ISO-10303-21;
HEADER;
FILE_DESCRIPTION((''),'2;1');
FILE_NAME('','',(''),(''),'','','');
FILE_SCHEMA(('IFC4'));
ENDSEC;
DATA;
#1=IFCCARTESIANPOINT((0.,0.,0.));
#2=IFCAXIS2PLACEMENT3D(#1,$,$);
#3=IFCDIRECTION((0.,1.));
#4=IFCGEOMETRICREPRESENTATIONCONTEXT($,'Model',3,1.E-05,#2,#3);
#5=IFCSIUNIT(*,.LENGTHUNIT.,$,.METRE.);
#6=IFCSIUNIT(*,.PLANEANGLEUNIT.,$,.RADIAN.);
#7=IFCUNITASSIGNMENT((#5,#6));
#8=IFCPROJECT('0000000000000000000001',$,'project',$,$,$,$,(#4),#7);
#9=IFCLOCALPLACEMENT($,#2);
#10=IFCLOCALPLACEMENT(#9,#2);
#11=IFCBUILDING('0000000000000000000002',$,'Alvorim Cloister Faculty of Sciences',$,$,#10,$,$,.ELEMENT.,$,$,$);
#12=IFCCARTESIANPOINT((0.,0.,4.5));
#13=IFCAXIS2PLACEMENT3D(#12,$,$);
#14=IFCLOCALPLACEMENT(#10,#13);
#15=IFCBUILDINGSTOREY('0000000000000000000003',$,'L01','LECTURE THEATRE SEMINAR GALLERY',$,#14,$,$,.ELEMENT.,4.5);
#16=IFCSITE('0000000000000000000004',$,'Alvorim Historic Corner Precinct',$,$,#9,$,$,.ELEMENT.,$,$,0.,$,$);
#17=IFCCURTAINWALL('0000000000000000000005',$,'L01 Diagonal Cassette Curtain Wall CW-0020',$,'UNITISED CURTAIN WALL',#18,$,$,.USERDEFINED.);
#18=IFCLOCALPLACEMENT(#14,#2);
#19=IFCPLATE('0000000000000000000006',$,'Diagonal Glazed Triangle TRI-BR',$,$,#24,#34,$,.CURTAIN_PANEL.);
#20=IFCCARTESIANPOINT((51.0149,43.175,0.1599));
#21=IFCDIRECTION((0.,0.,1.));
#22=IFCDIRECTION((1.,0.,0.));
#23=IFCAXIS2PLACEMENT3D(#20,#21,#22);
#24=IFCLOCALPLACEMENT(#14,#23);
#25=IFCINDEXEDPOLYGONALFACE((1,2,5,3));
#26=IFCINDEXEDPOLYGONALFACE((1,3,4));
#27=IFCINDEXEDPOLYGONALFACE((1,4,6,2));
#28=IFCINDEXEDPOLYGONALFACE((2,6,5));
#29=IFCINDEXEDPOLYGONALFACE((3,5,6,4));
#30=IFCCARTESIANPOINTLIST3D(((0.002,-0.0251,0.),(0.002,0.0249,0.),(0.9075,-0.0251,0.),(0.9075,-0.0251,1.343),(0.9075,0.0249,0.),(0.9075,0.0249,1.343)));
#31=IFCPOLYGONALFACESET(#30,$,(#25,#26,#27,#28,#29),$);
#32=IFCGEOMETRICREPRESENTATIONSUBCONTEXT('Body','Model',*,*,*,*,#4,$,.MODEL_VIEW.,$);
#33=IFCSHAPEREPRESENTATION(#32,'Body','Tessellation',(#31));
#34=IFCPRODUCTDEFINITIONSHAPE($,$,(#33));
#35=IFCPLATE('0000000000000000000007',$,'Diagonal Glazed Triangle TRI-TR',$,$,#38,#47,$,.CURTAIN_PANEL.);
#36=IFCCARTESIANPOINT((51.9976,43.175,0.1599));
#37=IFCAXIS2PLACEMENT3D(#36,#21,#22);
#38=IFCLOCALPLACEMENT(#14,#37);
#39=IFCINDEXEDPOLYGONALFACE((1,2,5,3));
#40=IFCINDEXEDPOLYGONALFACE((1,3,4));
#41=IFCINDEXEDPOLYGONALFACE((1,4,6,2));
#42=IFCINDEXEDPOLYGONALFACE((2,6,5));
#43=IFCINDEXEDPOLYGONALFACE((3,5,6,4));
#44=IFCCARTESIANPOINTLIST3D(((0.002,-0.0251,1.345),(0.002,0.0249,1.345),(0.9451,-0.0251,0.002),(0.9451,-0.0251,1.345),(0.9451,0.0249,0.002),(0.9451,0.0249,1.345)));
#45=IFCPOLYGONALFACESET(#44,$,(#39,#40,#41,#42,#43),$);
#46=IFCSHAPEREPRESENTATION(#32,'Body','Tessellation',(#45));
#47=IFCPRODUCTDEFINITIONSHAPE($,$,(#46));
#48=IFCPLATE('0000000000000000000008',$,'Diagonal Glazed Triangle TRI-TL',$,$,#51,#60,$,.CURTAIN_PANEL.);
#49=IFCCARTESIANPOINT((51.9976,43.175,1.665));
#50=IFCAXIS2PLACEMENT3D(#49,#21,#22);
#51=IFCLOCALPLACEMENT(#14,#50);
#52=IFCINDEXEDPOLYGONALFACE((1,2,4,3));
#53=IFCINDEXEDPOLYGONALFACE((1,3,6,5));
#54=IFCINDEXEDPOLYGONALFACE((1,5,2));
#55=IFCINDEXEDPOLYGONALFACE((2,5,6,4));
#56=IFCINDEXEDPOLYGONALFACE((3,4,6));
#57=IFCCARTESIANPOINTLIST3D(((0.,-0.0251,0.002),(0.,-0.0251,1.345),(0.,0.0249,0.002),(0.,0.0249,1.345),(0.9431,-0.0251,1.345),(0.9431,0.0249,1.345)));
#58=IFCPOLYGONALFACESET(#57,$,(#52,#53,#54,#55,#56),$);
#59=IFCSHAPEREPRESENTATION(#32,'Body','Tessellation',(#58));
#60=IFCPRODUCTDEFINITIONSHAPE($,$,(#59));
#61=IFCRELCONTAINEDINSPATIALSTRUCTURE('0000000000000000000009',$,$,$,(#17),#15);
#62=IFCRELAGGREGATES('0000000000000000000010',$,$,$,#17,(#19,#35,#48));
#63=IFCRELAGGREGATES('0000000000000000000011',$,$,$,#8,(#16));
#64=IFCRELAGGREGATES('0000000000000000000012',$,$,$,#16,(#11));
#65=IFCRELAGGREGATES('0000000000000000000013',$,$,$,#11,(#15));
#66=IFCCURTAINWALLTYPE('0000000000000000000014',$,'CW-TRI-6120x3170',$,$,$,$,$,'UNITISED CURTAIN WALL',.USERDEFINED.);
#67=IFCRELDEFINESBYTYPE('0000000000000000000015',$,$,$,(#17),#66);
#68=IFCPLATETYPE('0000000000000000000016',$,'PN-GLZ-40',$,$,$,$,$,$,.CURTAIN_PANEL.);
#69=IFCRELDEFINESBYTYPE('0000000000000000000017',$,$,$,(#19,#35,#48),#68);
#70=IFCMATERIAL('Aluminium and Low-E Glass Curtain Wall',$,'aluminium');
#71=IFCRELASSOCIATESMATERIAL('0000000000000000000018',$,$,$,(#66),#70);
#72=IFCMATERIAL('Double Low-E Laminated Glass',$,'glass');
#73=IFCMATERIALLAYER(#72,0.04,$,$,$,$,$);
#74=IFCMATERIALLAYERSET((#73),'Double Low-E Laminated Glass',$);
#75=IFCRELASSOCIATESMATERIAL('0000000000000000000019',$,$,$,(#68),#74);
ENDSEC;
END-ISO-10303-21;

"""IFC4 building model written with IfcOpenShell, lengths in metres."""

from ifc_helpers import new_model, si_unit, direction, frame, origin, place, context, subcontext, project, spatial, polyline, outline, extrude, material, layer, layer_set, type_object, element, aggregate, save


model = new_model("IFC4")

# Units and contexts
model_context = context("Model", 3, precision=1e-05, world=origin(), true_north=direction((0.0, 1.0)))
body_context = subcontext(model_context, "Body", "Model", "MODEL_VIEW")
ifc_project = project(units=[si_unit("LENGTHUNIT", "METRE"), si_unit("PLANEANGLEUNIT", "RADIAN")], contexts=[model_context])

# Site, building, storey
site_placement = place(None, origin())
site = spatial("IfcSite", under=ifc_project, at=site_placement, Name="Alvorim Historic Corner Precinct", CompositionType="ELEMENT", RefElevation=0.0)
building_placement = place(site_placement, origin())
building = spatial("IfcBuilding", under=site, at=building_placement, Name="Alvorim Cloister Faculty of Sciences", CompositionType="ELEMENT")
storey_placement = place(building_placement, frame((0.0, 0.0, 4.5)))
storey = spatial("IfcBuildingStorey", under=building, at=storey_placement, Name="L01", Description="LECTURE THEATRE SEMINAR GALLERY", CompositionType="ELEMENT", Elevation=4.5)

# Curtain wall, plates
ifc_material_1 = material(Name="Aluminium and Low-E Glass Curtain Wall", Category="aluminium")
curtain_wall_type = type_object("IfcCurtainWallType", Name="CW-TRI-6120x3170", ElementType="UNITISED CURTAIN WALL", PredefinedType="USERDEFINED", material=ifc_material_1)
curtain_wall_placement = place(storey_placement, origin())
curtain_wall = element("IfcCurtainWall", 1, at=curtain_wall_placement, inside=storey, type_object=curtain_wall_type, Name="L01 Diagonal Cassette Curtain Wall CW-0020", ObjectType="UNITISED CURTAIN WALL", PredefinedType="USERDEFINED")
ifc_material_2 = material(Name="Double Low-E Laminated Glass", Category="glass")
ifc_layer_1 = layer(ifc_material_2, 0.04)
ifc_layer_set_1 = layer_set([ifc_layer_1], Name="Double Low-E Laminated Glass")
plate_type = type_object("IfcPlateType", Name="PN-GLZ-40", PredefinedType="CURTAIN_PANEL", material=ifc_layer_set_1)
plate_1_placement = place(storey_placement, frame((51.0149, 43.175, 0.1599), z_axis=(0.0, 0.0, 1.0), x_axis=(1.0, 0.0, 0.0)))
plate_1 = element("IfcPlate", 2, at=plate_1_placement, type_object=plate_type, Name="Diagonal Glazed Triangle TRI-BR", PredefinedType="CURTAIN_PANEL", context=body_context, shape_type="SweptSolid", body=[
    extrude(outline(polyline([(0.002, 0.0), (0.9075, 0.0), (0.9075, 1.343), (0.002, 0.0)])), frame((0.0, 0.0249, 0.0), z_axis=(0.0, -1.0, 0.0), x_axis=(1.0, 0.0, 0.0)), (0.0, 0.0, 1.0), 0.05),
])
plate_2_placement = place(storey_placement, frame((51.9976, 43.175, 0.1599), z_axis=(0.0, 0.0, 1.0), x_axis=(1.0, 0.0, 0.0)))
plate_2 = element("IfcPlate", 3, at=plate_2_placement, type_object=plate_type, Name="Diagonal Glazed Triangle TRI-TR", PredefinedType="CURTAIN_PANEL", context=body_context, shape_type="SweptSolid", body=[
    extrude(outline(polyline([(0.9451, 0.002), (0.9451, 1.345), (0.002, 1.345), (0.9451, 0.002)])), frame((0.0, 0.0249, 0.0), z_axis=(0.0, -1.0, 0.0), x_axis=(1.0, 0.0, 0.0)), (0.0, 0.0, 1.0), 0.05),
])
plate_3_placement = place(storey_placement, frame((51.9976, 43.175, 1.665), z_axis=(0.0, 0.0, 1.0), x_axis=(1.0, 0.0, 0.0)))
plate_3 = element("IfcPlate", 4, at=plate_3_placement, type_object=plate_type, Name="Diagonal Glazed Triangle TRI-TL", PredefinedType="CURTAIN_PANEL", context=body_context, shape_type="SweptSolid", body=[
    extrude(outline(polyline([(0.9431, 1.345), (0.0, 1.345), (0.0, 0.002), (0.9431, 1.345)])), frame((0.0, 0.0249, 0.0), z_axis=(0.0, -1.0, 0.0), x_axis=(1.0, 0.0, 0.0)), (0.0, 0.0, 1.0), 0.05),
])
aggregate(curtain_wall, [plate_1, plate_2, plate_3])

save(model, "model.ifc")
